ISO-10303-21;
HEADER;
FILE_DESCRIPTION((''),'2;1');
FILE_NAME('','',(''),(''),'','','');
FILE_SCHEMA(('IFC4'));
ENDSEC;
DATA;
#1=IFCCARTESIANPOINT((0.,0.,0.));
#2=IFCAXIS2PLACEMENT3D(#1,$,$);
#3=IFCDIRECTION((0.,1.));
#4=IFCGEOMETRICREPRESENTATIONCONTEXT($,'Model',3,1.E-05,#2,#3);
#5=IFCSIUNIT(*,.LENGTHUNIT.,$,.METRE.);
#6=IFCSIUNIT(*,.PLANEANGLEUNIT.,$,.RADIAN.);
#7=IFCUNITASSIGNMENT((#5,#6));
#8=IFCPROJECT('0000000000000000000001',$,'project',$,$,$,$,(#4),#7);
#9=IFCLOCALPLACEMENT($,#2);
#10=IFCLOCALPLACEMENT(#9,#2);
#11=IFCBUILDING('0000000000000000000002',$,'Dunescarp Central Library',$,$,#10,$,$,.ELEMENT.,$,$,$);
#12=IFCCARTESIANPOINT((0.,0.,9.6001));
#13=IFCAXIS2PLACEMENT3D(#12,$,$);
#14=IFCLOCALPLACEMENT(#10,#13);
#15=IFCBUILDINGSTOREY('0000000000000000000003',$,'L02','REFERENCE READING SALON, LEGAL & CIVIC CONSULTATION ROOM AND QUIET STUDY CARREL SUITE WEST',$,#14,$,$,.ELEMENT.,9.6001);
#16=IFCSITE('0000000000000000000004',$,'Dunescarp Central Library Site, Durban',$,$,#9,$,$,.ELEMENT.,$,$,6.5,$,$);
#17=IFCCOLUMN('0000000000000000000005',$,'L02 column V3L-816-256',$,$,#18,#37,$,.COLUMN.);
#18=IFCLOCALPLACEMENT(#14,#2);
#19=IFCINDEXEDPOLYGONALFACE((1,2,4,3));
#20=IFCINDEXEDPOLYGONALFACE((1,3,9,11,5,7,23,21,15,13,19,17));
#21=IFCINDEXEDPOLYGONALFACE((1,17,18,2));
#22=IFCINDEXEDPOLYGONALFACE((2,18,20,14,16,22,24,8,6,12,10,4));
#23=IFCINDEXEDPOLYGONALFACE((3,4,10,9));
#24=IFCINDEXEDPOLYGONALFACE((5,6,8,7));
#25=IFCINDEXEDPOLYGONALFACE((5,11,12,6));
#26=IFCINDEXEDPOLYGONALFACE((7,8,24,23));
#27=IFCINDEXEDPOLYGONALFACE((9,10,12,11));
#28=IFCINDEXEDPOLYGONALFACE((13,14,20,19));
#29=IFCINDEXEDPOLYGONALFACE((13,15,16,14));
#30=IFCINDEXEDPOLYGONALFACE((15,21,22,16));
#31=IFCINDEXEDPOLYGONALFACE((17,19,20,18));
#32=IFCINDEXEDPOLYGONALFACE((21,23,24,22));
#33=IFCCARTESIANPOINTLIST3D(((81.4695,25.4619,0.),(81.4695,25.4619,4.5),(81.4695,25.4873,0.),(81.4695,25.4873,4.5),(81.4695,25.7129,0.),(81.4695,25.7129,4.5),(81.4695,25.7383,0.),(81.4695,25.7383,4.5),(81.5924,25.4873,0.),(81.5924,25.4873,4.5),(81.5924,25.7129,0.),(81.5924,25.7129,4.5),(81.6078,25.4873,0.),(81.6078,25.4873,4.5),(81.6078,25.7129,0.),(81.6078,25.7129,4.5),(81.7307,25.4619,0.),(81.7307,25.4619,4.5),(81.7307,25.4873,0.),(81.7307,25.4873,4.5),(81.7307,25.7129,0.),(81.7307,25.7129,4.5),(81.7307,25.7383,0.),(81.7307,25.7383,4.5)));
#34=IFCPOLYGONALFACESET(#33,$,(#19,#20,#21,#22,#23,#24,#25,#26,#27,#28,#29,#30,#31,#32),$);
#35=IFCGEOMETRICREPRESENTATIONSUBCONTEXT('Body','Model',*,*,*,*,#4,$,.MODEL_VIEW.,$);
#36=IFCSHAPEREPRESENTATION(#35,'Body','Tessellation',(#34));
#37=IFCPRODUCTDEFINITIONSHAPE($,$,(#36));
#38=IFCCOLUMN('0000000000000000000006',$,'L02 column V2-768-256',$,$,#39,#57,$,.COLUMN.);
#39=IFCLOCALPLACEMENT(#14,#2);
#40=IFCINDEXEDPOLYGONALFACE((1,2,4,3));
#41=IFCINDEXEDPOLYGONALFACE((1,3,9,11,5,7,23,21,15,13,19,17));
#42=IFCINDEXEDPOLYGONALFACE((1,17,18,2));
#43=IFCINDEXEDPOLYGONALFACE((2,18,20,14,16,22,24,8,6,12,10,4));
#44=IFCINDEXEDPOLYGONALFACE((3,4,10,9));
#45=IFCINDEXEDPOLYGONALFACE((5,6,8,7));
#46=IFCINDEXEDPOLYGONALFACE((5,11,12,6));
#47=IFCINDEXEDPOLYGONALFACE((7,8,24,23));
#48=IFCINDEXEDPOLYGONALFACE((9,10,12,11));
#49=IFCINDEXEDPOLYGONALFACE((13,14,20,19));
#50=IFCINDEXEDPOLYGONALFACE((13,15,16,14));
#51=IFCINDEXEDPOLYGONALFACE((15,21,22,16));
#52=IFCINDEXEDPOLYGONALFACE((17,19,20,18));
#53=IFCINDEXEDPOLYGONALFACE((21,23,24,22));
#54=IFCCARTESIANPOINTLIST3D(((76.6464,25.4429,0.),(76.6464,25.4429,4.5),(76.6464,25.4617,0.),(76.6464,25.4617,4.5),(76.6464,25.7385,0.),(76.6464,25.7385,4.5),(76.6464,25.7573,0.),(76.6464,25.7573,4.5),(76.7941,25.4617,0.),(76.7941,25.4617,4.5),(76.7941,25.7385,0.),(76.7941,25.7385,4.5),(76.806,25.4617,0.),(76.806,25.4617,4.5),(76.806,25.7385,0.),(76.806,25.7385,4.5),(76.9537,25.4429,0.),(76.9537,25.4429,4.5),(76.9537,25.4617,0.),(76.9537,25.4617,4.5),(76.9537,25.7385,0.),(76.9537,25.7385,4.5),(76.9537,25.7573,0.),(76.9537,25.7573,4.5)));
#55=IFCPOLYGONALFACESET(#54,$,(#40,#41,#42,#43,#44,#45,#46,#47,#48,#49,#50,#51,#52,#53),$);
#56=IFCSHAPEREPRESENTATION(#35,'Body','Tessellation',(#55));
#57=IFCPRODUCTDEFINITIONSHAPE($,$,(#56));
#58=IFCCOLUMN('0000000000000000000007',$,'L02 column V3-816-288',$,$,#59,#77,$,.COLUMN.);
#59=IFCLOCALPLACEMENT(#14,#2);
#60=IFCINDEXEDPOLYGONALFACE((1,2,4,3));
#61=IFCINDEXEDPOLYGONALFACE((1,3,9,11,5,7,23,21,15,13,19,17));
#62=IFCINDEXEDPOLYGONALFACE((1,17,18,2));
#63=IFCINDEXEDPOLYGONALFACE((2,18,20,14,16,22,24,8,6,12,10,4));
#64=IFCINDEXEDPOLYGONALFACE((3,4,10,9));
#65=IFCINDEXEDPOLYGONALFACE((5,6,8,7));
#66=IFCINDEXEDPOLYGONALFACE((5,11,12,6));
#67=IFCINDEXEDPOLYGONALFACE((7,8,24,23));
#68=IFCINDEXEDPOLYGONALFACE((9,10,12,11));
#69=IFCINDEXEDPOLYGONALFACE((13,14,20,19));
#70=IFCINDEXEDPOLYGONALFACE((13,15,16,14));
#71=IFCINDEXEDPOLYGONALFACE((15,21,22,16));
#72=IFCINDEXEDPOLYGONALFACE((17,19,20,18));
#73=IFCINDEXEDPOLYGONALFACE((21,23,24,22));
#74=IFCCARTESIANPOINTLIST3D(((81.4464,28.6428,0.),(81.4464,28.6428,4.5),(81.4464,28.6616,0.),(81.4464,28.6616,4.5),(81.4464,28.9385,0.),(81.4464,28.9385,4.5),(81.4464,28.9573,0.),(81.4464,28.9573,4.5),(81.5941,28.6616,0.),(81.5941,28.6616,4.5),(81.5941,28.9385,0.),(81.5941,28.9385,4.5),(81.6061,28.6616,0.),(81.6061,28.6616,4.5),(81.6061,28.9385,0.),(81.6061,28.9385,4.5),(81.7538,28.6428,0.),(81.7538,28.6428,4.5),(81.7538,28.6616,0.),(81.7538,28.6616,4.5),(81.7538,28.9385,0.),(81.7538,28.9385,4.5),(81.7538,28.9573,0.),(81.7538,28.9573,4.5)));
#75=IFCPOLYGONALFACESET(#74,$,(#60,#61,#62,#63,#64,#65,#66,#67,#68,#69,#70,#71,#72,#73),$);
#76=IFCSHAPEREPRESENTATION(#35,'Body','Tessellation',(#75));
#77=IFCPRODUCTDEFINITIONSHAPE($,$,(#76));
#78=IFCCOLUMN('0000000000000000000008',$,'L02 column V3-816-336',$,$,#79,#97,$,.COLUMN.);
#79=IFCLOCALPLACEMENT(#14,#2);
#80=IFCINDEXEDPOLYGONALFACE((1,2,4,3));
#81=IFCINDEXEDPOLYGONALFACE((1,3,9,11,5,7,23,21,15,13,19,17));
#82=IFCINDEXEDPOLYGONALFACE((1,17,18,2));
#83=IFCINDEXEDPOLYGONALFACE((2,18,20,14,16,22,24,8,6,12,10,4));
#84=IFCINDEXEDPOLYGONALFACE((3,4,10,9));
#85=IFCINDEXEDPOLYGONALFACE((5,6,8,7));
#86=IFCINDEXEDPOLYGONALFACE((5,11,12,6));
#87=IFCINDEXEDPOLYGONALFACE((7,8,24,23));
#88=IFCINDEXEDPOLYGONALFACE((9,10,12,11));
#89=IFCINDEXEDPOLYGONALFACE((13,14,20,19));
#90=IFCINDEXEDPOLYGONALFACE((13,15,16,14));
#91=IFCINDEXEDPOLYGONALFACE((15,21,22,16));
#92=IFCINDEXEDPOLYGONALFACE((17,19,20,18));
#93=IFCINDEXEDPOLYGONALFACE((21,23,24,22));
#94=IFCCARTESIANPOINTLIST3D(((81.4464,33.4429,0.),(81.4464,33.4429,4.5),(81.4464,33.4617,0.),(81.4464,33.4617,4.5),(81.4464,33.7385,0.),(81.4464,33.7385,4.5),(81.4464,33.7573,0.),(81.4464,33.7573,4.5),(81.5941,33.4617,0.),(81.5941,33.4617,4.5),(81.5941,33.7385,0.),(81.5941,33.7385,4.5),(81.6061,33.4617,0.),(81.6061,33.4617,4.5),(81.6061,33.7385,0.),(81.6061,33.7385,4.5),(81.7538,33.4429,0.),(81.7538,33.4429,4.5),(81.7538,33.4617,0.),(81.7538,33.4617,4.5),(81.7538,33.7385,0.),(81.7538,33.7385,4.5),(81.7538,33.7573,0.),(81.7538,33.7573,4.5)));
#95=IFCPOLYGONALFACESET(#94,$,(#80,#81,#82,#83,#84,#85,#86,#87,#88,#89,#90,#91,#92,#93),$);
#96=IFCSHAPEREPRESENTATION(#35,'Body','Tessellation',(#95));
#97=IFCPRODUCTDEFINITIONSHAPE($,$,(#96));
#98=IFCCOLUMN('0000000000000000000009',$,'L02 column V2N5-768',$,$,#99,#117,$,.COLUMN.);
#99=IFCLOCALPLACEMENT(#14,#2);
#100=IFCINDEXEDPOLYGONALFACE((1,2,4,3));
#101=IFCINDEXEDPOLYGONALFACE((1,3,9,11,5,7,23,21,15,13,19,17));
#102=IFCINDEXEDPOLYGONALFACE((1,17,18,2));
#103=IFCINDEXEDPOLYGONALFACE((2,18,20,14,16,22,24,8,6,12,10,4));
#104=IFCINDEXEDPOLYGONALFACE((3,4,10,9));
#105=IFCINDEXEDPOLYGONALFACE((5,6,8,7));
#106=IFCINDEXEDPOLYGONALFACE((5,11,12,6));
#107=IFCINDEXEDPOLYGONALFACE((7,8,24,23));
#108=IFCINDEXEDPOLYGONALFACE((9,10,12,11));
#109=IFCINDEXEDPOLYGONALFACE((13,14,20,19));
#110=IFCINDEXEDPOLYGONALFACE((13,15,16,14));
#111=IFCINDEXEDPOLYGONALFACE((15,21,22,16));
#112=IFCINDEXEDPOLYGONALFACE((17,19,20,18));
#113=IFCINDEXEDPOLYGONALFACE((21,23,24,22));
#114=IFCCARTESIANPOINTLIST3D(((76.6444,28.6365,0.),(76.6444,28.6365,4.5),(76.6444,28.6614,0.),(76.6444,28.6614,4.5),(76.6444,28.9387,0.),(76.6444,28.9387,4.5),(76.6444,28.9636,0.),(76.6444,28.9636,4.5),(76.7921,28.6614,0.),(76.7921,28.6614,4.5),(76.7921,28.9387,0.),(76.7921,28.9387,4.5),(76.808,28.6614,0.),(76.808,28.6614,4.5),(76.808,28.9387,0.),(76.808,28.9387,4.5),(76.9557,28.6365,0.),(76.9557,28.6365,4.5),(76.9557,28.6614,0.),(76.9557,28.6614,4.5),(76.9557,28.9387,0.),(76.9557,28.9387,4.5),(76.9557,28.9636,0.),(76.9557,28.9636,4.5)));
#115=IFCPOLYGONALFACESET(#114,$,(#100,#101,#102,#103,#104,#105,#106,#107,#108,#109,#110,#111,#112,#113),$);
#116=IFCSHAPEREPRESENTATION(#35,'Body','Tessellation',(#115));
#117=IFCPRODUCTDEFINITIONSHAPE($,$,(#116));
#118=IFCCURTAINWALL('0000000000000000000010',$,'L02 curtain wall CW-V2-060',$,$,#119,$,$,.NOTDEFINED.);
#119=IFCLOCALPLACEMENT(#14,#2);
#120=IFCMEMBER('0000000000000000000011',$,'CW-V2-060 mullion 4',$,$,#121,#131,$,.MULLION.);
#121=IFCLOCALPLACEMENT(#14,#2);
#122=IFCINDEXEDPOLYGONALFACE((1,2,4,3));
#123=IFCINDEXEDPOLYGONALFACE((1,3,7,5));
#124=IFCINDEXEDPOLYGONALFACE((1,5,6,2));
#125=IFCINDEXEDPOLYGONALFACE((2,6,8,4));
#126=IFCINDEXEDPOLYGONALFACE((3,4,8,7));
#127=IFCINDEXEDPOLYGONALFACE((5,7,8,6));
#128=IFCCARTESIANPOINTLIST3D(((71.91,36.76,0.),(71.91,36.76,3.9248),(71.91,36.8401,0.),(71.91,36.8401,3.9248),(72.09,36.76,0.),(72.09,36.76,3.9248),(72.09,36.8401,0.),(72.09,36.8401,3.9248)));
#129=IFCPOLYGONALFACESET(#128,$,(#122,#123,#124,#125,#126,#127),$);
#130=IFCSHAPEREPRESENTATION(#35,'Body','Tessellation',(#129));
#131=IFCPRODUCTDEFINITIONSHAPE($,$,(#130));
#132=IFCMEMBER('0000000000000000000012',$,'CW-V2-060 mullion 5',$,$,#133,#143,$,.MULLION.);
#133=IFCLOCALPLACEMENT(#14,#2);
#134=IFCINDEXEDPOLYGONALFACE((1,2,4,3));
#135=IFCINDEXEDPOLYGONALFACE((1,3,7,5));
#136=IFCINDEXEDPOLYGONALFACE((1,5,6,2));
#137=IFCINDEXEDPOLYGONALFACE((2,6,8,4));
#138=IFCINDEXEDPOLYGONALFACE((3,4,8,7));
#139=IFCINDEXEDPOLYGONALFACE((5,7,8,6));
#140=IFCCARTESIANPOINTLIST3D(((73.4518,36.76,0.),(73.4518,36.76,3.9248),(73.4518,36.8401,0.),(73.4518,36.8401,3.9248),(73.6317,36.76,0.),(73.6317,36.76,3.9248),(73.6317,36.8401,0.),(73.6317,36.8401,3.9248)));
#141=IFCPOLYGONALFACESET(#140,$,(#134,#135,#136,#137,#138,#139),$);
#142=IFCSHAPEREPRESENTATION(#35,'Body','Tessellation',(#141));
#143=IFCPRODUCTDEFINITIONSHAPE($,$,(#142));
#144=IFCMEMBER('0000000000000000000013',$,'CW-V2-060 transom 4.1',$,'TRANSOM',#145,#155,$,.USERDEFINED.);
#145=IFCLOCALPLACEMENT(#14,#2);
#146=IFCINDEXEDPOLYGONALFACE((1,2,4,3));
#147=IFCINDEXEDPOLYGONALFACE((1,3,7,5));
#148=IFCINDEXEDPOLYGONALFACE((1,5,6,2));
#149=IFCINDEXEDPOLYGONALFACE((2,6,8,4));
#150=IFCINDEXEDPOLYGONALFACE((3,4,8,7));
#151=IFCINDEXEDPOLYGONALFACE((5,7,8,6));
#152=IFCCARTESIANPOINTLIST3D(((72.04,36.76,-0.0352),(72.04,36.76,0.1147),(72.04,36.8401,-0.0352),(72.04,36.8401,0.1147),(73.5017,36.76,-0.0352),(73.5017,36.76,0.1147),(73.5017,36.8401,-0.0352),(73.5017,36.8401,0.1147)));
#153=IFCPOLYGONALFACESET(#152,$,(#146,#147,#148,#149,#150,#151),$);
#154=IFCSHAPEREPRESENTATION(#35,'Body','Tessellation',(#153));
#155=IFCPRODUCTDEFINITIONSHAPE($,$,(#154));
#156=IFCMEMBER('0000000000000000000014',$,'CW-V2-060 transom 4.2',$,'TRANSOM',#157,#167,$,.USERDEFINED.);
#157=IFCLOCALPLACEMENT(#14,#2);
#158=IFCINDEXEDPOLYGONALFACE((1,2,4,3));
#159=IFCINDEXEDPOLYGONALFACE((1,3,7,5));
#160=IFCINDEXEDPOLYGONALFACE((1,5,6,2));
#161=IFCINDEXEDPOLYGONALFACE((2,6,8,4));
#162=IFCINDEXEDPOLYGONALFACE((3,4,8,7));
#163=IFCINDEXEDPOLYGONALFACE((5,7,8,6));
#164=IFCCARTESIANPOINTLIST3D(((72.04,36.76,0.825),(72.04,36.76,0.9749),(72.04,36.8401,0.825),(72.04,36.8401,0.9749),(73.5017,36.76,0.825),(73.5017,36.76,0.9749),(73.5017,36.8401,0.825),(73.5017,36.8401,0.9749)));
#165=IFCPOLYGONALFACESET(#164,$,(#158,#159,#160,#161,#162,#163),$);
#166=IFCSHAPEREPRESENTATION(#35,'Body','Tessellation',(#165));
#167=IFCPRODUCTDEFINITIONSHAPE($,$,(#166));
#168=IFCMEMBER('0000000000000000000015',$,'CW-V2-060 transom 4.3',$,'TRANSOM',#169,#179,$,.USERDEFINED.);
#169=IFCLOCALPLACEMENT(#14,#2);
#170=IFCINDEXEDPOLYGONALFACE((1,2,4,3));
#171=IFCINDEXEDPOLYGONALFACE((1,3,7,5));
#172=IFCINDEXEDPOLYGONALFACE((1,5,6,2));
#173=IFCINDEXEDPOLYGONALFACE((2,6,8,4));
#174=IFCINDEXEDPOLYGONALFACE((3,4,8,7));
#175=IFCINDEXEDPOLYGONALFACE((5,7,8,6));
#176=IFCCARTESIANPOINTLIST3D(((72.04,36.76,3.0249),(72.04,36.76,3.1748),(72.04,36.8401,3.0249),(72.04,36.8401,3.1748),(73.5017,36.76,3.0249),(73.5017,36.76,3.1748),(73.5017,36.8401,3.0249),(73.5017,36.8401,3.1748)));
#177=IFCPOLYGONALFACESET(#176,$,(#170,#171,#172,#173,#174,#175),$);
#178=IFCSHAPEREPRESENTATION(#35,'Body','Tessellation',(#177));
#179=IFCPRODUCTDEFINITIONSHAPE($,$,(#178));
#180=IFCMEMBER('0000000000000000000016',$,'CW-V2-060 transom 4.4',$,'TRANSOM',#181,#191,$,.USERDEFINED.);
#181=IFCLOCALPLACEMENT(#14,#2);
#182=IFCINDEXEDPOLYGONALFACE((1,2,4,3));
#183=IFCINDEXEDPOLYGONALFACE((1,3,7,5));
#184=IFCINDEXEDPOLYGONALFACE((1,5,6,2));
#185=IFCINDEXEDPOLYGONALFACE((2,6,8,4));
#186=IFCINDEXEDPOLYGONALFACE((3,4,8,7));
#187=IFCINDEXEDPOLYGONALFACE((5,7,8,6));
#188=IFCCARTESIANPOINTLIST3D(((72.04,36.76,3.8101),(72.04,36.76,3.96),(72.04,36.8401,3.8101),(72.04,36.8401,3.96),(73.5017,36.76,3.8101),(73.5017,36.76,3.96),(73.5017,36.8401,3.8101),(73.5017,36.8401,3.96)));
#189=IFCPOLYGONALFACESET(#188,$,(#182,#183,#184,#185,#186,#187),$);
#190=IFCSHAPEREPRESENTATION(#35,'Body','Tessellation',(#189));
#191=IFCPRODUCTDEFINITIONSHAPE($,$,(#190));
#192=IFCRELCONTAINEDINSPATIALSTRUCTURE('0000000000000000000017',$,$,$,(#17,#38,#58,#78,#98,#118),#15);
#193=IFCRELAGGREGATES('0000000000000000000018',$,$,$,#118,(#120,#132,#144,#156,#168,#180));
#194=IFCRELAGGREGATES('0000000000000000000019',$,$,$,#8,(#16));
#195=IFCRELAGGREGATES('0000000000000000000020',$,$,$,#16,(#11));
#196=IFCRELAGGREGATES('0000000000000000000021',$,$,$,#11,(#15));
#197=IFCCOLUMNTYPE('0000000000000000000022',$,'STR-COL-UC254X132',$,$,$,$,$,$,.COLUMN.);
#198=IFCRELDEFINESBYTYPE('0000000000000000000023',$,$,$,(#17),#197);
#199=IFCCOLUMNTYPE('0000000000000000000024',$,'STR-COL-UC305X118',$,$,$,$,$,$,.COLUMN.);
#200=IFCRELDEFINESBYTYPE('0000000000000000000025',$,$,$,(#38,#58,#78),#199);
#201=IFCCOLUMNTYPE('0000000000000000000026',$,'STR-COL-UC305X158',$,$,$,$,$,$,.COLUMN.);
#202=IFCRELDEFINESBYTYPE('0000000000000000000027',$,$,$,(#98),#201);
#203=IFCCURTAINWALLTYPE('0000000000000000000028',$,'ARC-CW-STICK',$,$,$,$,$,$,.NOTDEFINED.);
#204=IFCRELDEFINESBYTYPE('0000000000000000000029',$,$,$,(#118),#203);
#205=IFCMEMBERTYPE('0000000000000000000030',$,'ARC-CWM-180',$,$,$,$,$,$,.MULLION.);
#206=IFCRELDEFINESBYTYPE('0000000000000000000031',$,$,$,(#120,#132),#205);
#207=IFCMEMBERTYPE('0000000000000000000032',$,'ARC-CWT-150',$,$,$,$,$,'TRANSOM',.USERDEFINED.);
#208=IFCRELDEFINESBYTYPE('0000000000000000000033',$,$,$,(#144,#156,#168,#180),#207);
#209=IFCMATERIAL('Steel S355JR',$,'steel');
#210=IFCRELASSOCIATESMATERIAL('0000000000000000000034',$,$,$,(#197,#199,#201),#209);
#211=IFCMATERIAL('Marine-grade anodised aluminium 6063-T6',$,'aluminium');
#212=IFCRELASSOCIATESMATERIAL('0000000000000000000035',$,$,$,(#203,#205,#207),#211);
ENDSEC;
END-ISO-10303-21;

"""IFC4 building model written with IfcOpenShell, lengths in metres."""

from ifc_helpers import new_model, si_unit, direction, frame, origin, origin_2d, place, context, subcontext, project, spatial, rectangle, i_section, extrude, material, material_profile, profile_set, type_object, element, aggregate, save


model = new_model("IFC4")

# Units and contexts
model_context = context("Model", 3, precision=1e-05, world=origin(), true_north=direction((0.0, 1.0)))
body_context = subcontext(model_context, "Body", "Model", "MODEL_VIEW")
ifc_project = project(units=[si_unit("LENGTHUNIT", "METRE"), si_unit("PLANEANGLEUNIT", "RADIAN")], contexts=[model_context])

# Site, building, storey
site_placement = place(None, origin())
site = spatial("IfcSite", under=ifc_project, at=site_placement, Name="Dunescarp Central Library Site, Durban", CompositionType="ELEMENT", RefElevation=6.5)
building_placement = place(site_placement, origin())
building = spatial("IfcBuilding", under=site, at=building_placement, Name="Dunescarp Central Library", CompositionType="ELEMENT")
storey_placement = place(building_placement, frame((0.0, 0.0, 9.6001)))
storey = spatial("IfcBuildingStorey", under=building, at=storey_placement, Name="L02", Description="REFERENCE READING SALON, LEGAL & CIVIC CONSULTATION ROOM AND QUIET STUDY CARREL SUITE WEST", CompositionType="ELEMENT", Elevation=9.6001)

# Columns
ifc_material_1 = material(Name="Steel S355JR", Category="steel")
ifc_material_profile_1 = material_profile(ifc_material_1, i_section(OverallWidth=0.2612, OverallDepth=0.2764, WebThickness=0.0154, FlangeThickness=0.0254, at=origin_2d()), Name="UC 254x254x132")
ifc_profile_set_1 = profile_set([ifc_material_profile_1], Name="Steel S355JR")
column_type_1 = type_object("IfcColumnType", Name="STR-COL-UC254X132", PredefinedType="COLUMN", material=ifc_profile_set_1)
column_1_placement = place(storey_placement, frame((81.6001, 25.6001, 0.0), z_axis=(0.0, 0.0, 1.0), x_axis=(1.0, 0.0, 0.0)))
element("IfcColumn", 1, at=column_1_placement, inside=storey, type_object=column_type_1, Name="L02 column V3L-816-256", PredefinedType="COLUMN", context=body_context, shape_type="SweptSolid", body=[
    extrude(i_section(OverallWidth=0.2612, OverallDepth=0.2764, WebThickness=0.0154, FlangeThickness=0.0254, at=origin_2d()), origin(), (0.0, 0.0, 1.0), 4.5),
])
ifc_material_profile_2 = material_profile(ifc_material_1, i_section(OverallWidth=0.3074, OverallDepth=0.3145, WebThickness=0.012, FlangeThickness=0.0188, at=origin_2d()), Name="UC 305x305x118")
ifc_profile_set_2 = profile_set([ifc_material_profile_2], Name="Steel S355JR")
column_type_2 = type_object("IfcColumnType", Name="STR-COL-UC305X118", PredefinedType="COLUMN", material=ifc_profile_set_2)
for number, where, z_axis, x_axis, name in (
    (2, (76.8, 25.6001, 0.0), (0.0, 0.0, 1.0), (1.0, 0.0, 0.0), "L02 column V2-768-256"),
    (3, (81.6001, 28.8, 0.0), (0.0, 0.0, 1.0), (1.0, 0.0, 0.0), "L02 column V3-816-288"),
    (4, (81.6001, 33.6001, 0.0), (0.0, 0.0, 1.0), (1.0, 0.0, 0.0), "L02 column V3-816-336"),
):
    element("IfcColumn", number, at=place(storey_placement, frame(where, z_axis=z_axis, x_axis=x_axis)), inside=storey, type_object=column_type_2, Name=name, PredefinedType="COLUMN", context=body_context, shape_type="SweptSolid", body=[
        extrude(i_section(OverallWidth=0.3074, OverallDepth=0.3145, WebThickness=0.012, FlangeThickness=0.0188, at=origin_2d()), origin(), (0.0, 0.0, 1.0), 4.5),
    ])
ifc_material_profile_3 = material_profile(ifc_material_1, i_section(OverallWidth=0.3113, OverallDepth=0.3271, WebThickness=0.0159, FlangeThickness=0.0249, at=origin_2d()), Name="UC 305x305x158")
ifc_profile_set_3 = profile_set([ifc_material_profile_3], Name="Steel S355JR")
column_type_3 = type_object("IfcColumnType", Name="STR-COL-UC305X158", PredefinedType="COLUMN", material=ifc_profile_set_3)
column_2_placement = place(storey_placement, frame((76.8, 28.8, 0.0), z_axis=(0.0, 0.0, 1.0), x_axis=(1.0, 0.0, 0.0)))
element("IfcColumn", 5, at=column_2_placement, inside=storey, type_object=column_type_3, Name="L02 column V2N5-768", PredefinedType="COLUMN", context=body_context, shape_type="SweptSolid", body=[
    extrude(i_section(OverallWidth=0.3113, OverallDepth=0.3271, WebThickness=0.0159, FlangeThickness=0.0249, at=origin_2d()), origin(), (0.0, 0.0, 1.0), 4.5),
])

# Curtain wall, members
ifc_material_2 = material(Name="Marine-grade anodised aluminium 6063-T6", Category="aluminium")
curtain_wall_type = type_object("IfcCurtainWallType", Name="ARC-CW-STICK", PredefinedType="NOTDEFINED", material=ifc_material_2)
curtain_wall_placement = place(storey_placement, origin())
curtain_wall = element("IfcCurtainWall", 6, at=curtain_wall_placement, inside=storey, type_object=curtain_wall_type, Name="L02 curtain wall CW-V2-060", PredefinedType="NOTDEFINED")
ifc_material_profile_4 = material_profile(ifc_material_2, rectangle(XDim=0.0801, YDim=0.1799, at=origin_2d()), Name="AL 80x180")
ifc_profile_set_4 = profile_set([ifc_material_profile_4], Name="Marine-grade anodised aluminium 6063-T6")
member_type_1 = type_object("IfcMemberType", Name="ARC-CWM-180", PredefinedType="MULLION", material=ifc_profile_set_4)
member_1_placement = place(storey_placement, frame((72.0, 36.8, 0.0), z_axis=(0.0, 0.0, 1.0), x_axis=(0.0, 1.0, 0.0)))
member_1 = element("IfcMember", 7, at=member_1_placement, type_object=member_type_1, Name="CW-V2-060 mullion 4", PredefinedType="MULLION", context=body_context, shape_type="SweptSolid", body=[
    extrude(rectangle(XDim=0.0801, YDim=0.1799, at=origin_2d()), origin(), (0.0, 0.0, 1.0), 3.9248),
])
member_2_placement = place(storey_placement, frame((73.5417, 36.8, 0.0), z_axis=(0.0, 0.0, 1.0), x_axis=(0.0, 1.0, 0.0)))
member_2 = element("IfcMember", 8, at=member_2_placement, type_object=member_type_1, Name="CW-V2-060 mullion 5", PredefinedType="MULLION", context=body_context, shape_type="SweptSolid", body=[
    extrude(rectangle(XDim=0.0801, YDim=0.1799, at=origin_2d()), origin(), (0.0, 0.0, 1.0), 3.9248),
])
ifc_material_profile_5 = material_profile(ifc_material_2, rectangle(XDim=0.0801, YDim=0.1499, at=origin_2d()), Name="AL 80x150")
ifc_profile_set_5 = profile_set([ifc_material_profile_5], Name="Marine-grade anodised aluminium 6063-T6")
member_type_2 = type_object("IfcMemberType", Name="ARC-CWT-150", ElementType="TRANSOM", PredefinedType="USERDEFINED", material=ifc_profile_set_5)
member_3_placement = place(storey_placement, frame((72.04, 36.8, 0.0398), z_axis=(1.0, 0.0, 0.0), x_axis=(0.0, 1.0, 0.0)))
member_3 = element("IfcMember", 9, at=member_3_placement, type_object=member_type_2, Name="CW-V2-060 transom 4.1", ObjectType="TRANSOM", PredefinedType="USERDEFINED", context=body_context, shape_type="SweptSolid", body=[
    extrude(rectangle(XDim=0.0801, YDim=0.1499, at=origin_2d()), origin(), (0.0, 0.0, 1.0), 1.4617),
])
member_4_placement = place(storey_placement, frame((72.04, 36.8, 0.8999), z_axis=(1.0, 0.0, 0.0), x_axis=(0.0, 1.0, 0.0)))
member_4 = element("IfcMember", 10, at=member_4_placement, type_object=member_type_2, Name="CW-V2-060 transom 4.2", ObjectType="TRANSOM", PredefinedType="USERDEFINED", context=body_context, shape_type="SweptSolid", body=[
    extrude(rectangle(XDim=0.0801, YDim=0.1499, at=origin_2d()), origin(), (0.0, 0.0, 1.0), 1.4617),
])
member_5_placement = place(storey_placement, frame((72.04, 36.8, 3.0999), z_axis=(1.0, 0.0, 0.0), x_axis=(0.0, 1.0, 0.0)))
member_5 = element("IfcMember", 11, at=member_5_placement, type_object=member_type_2, Name="CW-V2-060 transom 4.3", ObjectType="TRANSOM", PredefinedType="USERDEFINED", context=body_context, shape_type="SweptSolid", body=[
    extrude(rectangle(XDim=0.0801, YDim=0.1499, at=origin_2d()), origin(), (0.0, 0.0, 1.0), 1.4617),
])
member_6_placement = place(storey_placement, frame((72.04, 36.8, 3.885), z_axis=(1.0, 0.0, 0.0), x_axis=(0.0, 1.0, 0.0)))
member_6 = element("IfcMember", 12, at=member_6_placement, type_object=member_type_2, Name="CW-V2-060 transom 4.4", ObjectType="TRANSOM", PredefinedType="USERDEFINED", context=body_context, shape_type="SweptSolid", body=[
    extrude(rectangle(XDim=0.0801, YDim=0.1499, at=origin_2d()), origin(), (0.0, 0.0, 1.0), 1.4617),
])

aggregate(curtain_wall, [member_1, member_2, member_3, member_4, member_5, member_6])

save(model, "model.ifc")
